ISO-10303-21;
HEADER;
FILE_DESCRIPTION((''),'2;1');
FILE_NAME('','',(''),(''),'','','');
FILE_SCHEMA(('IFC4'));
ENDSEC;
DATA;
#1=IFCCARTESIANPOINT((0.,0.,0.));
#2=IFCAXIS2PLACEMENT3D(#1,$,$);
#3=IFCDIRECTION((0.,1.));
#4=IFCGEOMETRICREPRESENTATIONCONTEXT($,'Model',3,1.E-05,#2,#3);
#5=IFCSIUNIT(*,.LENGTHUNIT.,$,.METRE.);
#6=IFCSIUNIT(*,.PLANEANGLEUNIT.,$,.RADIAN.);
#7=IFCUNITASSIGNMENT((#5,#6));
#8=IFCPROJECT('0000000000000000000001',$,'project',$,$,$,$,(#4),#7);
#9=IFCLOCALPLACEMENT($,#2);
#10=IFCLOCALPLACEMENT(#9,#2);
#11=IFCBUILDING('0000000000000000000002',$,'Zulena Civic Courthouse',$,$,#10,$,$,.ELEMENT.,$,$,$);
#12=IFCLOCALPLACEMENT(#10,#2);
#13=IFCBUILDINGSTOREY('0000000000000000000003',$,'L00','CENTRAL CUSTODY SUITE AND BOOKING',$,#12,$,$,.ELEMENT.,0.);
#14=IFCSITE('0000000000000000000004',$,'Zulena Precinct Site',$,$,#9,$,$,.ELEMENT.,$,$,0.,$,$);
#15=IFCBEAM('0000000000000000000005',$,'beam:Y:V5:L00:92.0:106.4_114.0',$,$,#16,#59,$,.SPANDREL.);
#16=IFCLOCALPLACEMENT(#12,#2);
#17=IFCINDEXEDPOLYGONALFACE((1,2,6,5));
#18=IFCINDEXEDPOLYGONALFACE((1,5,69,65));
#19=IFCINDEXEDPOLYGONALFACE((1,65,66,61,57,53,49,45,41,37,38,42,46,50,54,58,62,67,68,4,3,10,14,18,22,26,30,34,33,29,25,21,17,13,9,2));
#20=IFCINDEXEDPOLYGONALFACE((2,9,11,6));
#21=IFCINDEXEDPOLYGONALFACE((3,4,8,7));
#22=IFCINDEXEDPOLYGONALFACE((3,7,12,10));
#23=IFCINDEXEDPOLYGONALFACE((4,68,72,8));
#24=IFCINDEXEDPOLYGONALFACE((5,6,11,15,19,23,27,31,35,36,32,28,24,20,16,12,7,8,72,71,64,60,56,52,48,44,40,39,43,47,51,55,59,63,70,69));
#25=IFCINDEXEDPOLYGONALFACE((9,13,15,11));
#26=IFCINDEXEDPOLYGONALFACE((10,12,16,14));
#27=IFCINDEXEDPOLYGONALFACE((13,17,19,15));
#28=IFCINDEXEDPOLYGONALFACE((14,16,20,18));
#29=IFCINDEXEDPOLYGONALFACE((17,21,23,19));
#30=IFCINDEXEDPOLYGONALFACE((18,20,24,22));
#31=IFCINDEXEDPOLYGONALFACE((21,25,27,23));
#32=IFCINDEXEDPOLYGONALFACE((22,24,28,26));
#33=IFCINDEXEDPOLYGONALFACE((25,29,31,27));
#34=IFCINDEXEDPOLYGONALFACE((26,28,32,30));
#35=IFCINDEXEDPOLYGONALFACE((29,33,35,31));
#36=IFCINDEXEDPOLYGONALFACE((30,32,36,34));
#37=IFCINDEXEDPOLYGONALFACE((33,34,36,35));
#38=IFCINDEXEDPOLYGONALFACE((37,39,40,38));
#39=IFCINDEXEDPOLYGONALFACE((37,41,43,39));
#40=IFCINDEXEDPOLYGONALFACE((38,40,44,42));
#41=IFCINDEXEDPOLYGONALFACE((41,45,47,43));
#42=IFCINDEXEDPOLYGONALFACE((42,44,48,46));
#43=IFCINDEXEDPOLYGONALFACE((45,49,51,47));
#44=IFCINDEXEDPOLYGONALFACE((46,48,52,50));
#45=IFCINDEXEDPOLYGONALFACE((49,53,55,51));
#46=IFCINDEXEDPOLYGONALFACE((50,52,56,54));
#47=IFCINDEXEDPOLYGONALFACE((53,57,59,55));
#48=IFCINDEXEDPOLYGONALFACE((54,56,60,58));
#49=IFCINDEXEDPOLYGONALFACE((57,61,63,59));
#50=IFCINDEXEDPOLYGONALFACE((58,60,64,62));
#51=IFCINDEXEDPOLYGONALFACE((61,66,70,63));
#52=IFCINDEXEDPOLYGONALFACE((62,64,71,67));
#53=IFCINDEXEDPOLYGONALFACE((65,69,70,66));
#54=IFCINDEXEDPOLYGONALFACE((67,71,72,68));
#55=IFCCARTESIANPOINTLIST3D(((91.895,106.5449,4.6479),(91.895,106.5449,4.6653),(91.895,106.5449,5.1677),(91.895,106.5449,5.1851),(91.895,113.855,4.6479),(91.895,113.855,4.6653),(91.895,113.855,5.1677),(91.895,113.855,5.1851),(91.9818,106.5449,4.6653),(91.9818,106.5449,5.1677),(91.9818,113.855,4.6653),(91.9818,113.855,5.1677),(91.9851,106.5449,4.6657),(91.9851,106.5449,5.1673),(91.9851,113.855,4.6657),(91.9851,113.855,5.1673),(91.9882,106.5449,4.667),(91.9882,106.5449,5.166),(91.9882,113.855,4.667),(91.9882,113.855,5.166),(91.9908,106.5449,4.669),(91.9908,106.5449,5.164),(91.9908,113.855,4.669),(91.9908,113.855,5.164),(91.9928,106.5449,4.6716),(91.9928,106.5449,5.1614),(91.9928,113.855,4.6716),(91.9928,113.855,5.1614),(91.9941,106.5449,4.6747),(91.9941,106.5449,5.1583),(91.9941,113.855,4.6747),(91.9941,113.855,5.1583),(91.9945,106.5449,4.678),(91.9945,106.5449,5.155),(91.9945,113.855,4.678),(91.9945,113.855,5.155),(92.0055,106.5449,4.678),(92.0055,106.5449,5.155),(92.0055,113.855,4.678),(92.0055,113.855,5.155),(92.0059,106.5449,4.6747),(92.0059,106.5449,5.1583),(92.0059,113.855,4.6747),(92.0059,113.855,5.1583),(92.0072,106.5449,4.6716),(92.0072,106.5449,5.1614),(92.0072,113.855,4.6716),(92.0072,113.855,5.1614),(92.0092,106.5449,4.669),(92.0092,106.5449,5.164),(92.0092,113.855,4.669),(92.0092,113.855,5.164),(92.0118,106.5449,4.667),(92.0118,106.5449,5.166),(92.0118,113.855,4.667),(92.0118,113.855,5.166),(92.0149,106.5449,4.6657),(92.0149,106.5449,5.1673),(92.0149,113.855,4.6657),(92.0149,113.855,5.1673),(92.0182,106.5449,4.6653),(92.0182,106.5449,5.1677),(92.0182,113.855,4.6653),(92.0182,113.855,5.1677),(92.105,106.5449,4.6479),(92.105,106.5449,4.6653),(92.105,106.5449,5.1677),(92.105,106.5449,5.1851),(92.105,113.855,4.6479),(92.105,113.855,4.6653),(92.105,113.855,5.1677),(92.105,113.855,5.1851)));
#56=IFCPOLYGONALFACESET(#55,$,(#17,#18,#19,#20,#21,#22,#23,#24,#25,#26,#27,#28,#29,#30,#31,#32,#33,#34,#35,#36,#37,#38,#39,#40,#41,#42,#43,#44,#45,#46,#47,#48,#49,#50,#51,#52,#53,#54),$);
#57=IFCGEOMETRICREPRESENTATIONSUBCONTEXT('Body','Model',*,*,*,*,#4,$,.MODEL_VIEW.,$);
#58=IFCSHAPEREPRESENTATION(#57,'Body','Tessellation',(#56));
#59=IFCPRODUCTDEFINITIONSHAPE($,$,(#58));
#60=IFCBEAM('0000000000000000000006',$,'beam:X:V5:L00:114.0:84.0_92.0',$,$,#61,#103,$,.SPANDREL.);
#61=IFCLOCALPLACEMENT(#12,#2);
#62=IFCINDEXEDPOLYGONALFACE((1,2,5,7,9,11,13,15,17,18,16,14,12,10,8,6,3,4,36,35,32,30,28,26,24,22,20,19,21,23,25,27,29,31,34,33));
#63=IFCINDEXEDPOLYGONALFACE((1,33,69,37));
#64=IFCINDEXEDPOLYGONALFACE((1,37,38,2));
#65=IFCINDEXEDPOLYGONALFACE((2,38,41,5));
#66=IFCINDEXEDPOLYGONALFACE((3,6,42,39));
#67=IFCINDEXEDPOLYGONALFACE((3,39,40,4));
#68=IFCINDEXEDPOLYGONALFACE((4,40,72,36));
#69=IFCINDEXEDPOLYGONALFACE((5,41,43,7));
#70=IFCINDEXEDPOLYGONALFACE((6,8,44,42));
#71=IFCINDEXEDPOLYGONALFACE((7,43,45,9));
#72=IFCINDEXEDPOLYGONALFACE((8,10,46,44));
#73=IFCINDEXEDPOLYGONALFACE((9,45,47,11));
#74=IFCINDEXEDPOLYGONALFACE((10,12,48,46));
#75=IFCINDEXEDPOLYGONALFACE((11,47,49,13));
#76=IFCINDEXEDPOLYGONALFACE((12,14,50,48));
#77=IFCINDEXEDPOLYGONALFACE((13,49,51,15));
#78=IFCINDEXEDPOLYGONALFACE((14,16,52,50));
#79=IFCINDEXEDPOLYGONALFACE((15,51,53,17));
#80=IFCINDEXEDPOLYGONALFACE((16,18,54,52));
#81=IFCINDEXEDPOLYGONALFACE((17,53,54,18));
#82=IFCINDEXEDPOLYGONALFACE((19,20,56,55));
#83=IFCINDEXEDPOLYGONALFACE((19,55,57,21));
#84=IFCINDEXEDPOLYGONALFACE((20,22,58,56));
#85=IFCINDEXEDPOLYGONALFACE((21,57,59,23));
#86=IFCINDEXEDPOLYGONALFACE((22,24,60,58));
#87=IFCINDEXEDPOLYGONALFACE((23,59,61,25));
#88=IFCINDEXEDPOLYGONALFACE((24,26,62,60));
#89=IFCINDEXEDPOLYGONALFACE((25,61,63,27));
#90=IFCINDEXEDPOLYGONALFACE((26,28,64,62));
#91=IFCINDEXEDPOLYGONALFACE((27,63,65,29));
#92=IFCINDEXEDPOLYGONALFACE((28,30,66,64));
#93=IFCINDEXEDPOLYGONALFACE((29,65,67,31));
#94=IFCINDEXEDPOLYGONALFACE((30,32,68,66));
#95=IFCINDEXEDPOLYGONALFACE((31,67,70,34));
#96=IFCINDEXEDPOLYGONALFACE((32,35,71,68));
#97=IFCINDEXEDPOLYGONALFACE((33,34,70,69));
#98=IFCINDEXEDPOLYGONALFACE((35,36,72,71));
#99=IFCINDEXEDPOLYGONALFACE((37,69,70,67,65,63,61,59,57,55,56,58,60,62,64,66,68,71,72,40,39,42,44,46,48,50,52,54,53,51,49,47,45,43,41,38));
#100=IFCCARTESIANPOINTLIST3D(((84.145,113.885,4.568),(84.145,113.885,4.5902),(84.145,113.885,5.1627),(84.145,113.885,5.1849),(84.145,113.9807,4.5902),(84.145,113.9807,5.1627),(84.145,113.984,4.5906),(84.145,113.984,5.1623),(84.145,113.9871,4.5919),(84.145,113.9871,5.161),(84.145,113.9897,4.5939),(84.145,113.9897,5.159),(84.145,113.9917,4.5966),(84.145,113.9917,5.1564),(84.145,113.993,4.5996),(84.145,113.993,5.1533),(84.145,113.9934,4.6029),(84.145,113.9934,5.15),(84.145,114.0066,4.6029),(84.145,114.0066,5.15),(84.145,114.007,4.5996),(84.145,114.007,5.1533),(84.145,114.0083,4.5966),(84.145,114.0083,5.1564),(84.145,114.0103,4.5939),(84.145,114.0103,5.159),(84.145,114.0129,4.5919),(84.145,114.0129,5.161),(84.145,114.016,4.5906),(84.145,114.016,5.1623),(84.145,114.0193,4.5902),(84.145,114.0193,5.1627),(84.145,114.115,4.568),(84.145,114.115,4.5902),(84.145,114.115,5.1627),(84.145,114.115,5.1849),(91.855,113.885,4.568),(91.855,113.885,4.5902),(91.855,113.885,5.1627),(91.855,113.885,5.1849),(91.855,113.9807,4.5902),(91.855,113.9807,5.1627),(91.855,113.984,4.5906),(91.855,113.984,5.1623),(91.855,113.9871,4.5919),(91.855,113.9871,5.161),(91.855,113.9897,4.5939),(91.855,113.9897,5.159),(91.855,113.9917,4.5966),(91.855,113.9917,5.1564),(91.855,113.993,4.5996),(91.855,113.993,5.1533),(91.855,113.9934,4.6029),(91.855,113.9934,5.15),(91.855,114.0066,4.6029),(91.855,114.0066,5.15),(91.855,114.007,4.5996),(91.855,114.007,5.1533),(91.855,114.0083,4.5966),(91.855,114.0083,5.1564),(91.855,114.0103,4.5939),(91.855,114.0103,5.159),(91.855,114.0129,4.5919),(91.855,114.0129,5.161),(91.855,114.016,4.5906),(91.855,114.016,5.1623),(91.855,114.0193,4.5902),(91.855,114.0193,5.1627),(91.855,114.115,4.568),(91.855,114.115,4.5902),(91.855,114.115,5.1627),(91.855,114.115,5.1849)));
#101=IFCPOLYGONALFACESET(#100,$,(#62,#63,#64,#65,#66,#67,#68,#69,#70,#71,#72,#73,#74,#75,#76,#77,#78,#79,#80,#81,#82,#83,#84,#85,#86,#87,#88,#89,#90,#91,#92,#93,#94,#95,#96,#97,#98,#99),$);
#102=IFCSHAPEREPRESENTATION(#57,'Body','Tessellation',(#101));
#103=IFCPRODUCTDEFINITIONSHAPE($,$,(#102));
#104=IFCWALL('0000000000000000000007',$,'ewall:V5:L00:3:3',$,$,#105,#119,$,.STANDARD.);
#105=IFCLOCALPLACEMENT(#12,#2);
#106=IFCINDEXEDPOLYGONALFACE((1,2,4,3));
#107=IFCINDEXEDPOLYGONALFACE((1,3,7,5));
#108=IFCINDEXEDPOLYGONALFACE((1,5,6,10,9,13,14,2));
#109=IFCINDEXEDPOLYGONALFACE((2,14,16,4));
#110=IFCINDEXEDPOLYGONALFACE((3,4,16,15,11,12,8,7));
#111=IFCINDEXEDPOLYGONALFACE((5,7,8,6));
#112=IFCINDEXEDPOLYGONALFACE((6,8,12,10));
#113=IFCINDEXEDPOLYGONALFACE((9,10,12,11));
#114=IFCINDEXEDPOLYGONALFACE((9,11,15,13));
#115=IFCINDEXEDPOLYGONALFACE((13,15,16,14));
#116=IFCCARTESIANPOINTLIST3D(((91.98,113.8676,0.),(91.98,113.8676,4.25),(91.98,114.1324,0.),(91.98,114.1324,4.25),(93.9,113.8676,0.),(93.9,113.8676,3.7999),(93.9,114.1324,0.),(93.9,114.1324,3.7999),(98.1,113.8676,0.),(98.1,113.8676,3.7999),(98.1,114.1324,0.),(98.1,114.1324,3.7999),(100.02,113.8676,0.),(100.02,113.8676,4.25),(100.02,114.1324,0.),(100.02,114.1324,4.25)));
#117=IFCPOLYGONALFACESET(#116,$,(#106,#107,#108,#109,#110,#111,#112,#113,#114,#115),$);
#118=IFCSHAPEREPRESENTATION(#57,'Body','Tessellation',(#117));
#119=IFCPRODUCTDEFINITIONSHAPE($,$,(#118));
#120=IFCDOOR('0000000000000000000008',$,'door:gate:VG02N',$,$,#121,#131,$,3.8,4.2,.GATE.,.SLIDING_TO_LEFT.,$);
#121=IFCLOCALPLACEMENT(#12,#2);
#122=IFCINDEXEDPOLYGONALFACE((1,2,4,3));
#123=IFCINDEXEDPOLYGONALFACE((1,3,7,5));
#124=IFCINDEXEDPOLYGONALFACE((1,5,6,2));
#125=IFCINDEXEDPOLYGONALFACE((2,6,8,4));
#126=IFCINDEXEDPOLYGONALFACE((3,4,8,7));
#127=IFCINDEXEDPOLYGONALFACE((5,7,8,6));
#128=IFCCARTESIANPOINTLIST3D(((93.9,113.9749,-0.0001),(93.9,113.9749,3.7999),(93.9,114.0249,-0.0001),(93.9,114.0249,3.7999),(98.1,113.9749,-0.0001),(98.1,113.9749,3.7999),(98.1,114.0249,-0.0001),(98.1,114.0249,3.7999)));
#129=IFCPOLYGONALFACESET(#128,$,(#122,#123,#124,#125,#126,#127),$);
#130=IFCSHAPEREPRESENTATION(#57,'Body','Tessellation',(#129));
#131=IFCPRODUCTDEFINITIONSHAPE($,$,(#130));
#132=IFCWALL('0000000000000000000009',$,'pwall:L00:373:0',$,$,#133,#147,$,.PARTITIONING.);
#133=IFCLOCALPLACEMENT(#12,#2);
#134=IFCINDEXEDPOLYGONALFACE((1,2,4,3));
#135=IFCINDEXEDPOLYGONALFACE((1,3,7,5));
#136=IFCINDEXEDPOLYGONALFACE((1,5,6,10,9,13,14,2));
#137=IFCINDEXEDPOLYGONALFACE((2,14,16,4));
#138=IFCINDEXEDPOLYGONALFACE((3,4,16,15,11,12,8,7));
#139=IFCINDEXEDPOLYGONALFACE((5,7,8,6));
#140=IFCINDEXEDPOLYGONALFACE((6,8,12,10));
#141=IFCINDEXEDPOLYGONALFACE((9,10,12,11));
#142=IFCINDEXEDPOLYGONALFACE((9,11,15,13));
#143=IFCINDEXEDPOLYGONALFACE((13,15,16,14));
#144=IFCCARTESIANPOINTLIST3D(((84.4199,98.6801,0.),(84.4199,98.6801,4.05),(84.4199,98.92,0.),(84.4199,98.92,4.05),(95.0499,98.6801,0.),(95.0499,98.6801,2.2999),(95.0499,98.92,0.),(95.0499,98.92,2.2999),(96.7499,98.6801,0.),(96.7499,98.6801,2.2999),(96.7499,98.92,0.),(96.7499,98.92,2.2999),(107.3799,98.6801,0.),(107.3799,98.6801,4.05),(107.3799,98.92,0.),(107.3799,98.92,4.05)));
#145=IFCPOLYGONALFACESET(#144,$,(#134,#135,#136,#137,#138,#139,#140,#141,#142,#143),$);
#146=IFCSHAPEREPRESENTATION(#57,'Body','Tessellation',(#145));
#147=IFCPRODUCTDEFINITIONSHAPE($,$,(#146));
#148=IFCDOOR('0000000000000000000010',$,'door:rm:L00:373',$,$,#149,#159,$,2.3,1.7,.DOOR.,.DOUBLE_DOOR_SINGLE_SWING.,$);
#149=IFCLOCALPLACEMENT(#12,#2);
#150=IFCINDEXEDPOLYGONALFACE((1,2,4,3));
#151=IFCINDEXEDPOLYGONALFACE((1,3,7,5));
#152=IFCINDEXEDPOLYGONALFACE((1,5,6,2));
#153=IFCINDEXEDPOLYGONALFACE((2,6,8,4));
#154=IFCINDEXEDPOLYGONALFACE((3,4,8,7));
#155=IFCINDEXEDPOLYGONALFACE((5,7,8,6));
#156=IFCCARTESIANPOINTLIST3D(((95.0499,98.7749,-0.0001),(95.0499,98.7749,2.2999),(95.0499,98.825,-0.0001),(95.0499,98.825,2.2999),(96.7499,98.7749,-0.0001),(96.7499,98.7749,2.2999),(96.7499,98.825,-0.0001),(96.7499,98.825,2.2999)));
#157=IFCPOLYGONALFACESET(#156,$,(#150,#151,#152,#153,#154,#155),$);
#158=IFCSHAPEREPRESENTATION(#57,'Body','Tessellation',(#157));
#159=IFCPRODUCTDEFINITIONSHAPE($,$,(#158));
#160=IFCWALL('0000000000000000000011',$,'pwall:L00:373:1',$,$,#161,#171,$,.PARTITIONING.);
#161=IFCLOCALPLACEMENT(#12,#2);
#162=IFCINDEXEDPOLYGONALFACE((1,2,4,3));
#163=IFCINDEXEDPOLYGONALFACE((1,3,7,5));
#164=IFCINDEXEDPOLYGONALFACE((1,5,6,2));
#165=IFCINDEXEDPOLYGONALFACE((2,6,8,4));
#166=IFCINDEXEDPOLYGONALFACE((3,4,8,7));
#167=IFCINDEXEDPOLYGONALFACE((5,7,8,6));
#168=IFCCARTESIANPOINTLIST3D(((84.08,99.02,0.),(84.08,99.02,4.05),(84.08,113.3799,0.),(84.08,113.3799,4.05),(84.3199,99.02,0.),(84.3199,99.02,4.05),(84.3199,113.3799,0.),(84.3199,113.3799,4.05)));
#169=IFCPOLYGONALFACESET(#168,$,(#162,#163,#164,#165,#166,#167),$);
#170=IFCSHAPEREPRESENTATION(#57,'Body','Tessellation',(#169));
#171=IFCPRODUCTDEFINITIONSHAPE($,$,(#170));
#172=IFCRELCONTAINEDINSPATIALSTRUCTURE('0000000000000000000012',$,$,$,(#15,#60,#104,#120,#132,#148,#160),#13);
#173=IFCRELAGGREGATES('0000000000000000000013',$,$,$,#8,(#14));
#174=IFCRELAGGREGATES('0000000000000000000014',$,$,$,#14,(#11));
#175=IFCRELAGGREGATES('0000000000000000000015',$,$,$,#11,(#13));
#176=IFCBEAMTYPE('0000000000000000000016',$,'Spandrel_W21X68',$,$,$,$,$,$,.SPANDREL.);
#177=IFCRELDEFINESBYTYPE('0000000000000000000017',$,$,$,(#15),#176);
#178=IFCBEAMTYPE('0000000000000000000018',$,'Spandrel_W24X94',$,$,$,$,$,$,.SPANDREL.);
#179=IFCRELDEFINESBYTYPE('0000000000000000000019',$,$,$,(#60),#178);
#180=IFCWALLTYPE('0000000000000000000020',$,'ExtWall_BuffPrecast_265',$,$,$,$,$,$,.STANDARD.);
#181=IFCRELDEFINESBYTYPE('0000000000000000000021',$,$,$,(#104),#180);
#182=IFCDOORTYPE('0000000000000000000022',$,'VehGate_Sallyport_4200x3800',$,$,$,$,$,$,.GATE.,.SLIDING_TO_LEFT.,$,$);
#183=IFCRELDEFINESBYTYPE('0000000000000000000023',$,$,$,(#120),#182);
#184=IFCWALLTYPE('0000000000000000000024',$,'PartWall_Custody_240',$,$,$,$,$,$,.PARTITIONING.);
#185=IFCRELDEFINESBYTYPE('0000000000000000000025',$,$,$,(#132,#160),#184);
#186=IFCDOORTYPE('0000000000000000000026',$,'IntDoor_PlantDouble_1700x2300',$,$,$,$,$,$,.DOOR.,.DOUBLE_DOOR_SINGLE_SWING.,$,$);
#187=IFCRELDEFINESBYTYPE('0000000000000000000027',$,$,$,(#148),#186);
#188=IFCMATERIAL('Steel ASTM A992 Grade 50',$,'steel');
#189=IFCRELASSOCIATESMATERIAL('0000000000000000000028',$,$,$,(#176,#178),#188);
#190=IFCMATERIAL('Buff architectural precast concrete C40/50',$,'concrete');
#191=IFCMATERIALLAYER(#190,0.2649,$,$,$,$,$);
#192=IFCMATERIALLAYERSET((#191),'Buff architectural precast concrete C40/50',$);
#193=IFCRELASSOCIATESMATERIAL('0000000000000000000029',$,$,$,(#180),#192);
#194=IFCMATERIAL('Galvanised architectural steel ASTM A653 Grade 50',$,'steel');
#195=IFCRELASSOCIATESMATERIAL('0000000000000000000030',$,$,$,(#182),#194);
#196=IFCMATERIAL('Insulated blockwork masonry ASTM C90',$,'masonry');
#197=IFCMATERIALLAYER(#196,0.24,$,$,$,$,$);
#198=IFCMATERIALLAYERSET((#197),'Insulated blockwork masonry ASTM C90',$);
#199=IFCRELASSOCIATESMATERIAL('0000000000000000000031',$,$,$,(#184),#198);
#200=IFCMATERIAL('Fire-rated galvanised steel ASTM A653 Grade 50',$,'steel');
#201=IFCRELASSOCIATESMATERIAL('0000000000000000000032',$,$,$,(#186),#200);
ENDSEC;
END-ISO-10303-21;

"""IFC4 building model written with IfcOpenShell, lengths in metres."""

from ifc_helpers import new_model, si_unit, direction, frame, frame_2d, origin, origin_2d, place, context, subcontext, project, spatial, rectangle, i_section, extrude, material, layer, layer_set, material_profile, profile_set, type_object, element, fill, save


model = new_model("IFC4")

# Units and contexts
model_context = context("Model", 3, precision=1e-05, world=origin(), true_north=direction((0.0, 1.0)))
body_context = subcontext(model_context, "Body", "Model", "MODEL_VIEW")
ifc_project = project(units=[si_unit("LENGTHUNIT", "METRE"), si_unit("PLANEANGLEUNIT", "RADIAN")], contexts=[model_context])

# Site, building, storey
site_placement = place(None, origin())
site = spatial("IfcSite", under=ifc_project, at=site_placement, Name="Zulena Precinct Site", CompositionType="ELEMENT", RefElevation=0.0)
building_placement = place(site_placement, origin())
building = spatial("IfcBuilding", under=site, at=building_placement, Name="Zulena Civic Courthouse", CompositionType="ELEMENT")
storey_placement = place(building_placement, origin())
storey = spatial("IfcBuildingStorey", under=building, at=storey_placement, Name="L00", Description="CENTRAL CUSTODY SUITE AND BOOKING", CompositionType="ELEMENT", Elevation=0.0)

# Shared definitions
ifc_material_1 = material(Name="Steel ASTM A992 Grade 50", Category="steel")

# Beams
ifc_material_profile_1 = material_profile(ifc_material_1, i_section(OverallWidth=0.21, OverallDepth=0.5371, WebThickness=0.011, FlangeThickness=0.0173, FilletRadius=0.0127, at=origin_2d()), Name="W21X68")
ifc_profile_set_1 = profile_set([ifc_material_profile_1], Name="Steel ASTM A992 Grade 50")
beam_type_1 = type_object("IfcBeamType", Name="Spandrel_W21X68", PredefinedType="SPANDREL", material=ifc_profile_set_1)
for number, where, z_axis, x_axis, name in (
    (1, (92.0, 106.5449, 4.9165), (0.0, 1.0, 0.0), (-1.0, 0.0, 0.0), "beam:Y:V5:L00:92.0:106.4_114.0"),
):
    element("IfcBeam", number, at=place(storey_placement, frame(where, z_axis=z_axis, x_axis=x_axis)), inside=storey, type_object=beam_type_1, Name=name, PredefinedType="SPANDREL", context=body_context, shape_type="SweptSolid", body=[
        extrude(i_section(OverallWidth=0.21, OverallDepth=0.5371, WebThickness=0.011, FlangeThickness=0.0173, FilletRadius=0.0127, at=origin_2d()), origin(), (0.0, 0.0, 1.0), 7.3101),
    ])
ifc_material_profile_2 = material_profile(ifc_material_1, i_section(OverallWidth=0.23, OverallDepth=0.6169, WebThickness=0.0132, FlangeThickness=0.0222, FilletRadius=0.0127, at=origin_2d()), Name="W24X94")
ifc_profile_set_2 = profile_set([ifc_material_profile_2], Name="Steel ASTM A992 Grade 50")
beam_type_2 = type_object("IfcBeamType", Name="Spandrel_W24X94", PredefinedType="SPANDREL", material=ifc_profile_set_2)
beam_1_placement = place(storey_placement, frame((84.145, 114.0, 4.8765), z_axis=(1.0, 0.0, 0.0), x_axis=(0.0, 1.0, 0.0)))
element("IfcBeam", 2, at=beam_1_placement, inside=storey, type_object=beam_type_2, Name="beam:X:V5:L00:114.0:84.0_92.0", PredefinedType="SPANDREL", context=body_context, shape_type="SweptSolid", body=[
    extrude(i_section(OverallWidth=0.23, OverallDepth=0.6169, WebThickness=0.0132, FlangeThickness=0.0222, FilletRadius=0.0127, at=origin_2d()), origin(), (0.0, 0.0, 1.0), 7.71),
])

# Walls, openings, doors
ifc_material_2 = material(Name="Buff architectural precast concrete C40/50", Category="concrete")
ifc_layer_1 = layer(ifc_material_2, 0.2649)
ifc_layer_set_1 = layer_set([ifc_layer_1], Name="Buff architectural precast concrete C40/50")
wall_type_1 = type_object("IfcWallType", Name="ExtWall_BuffPrecast_265", PredefinedType="STANDARD", material=ifc_layer_set_1)
wall_1_placement = place(storey_placement, frame((91.98, 114.0, 0.0), z_axis=(0.0, 0.0, 1.0), x_axis=(1.0, 0.0, 0.0)))
wall_1 = element("IfcWall", 3, at=wall_1_placement, inside=storey, type_object=wall_type_1, Name="ewall:V5:L00:3:3", PredefinedType="STANDARD", context=body_context, shape_type="SweptSolid", body=[
    extrude(rectangle(XDim=8.04, YDim=0.2649, at=frame_2d((4.02, 0.0))), origin(), (0.0, 0.0, 1.0), 4.25),
])
opening_1_placement = place(wall_1_placement, frame((1.9199, 0.0, 0.0)))
opening_1 = element("IfcOpeningElement", 4, at=opening_1_placement, cuts=wall_1, PredefinedType="OPENING", context=body_context, shape_type="SweptSolid", body=[
    extrude(rectangle(XDim=4.2, YDim=3.8, at=frame_2d((2.1001, 1.8999))), frame((0.0, 0.1423, 0.0), z_axis=(0.0, -1.0, 0.0), x_axis=(1.0, 0.0, 0.0)), (0.0, 0.0, 1.0), 0.2849),
])
ifc_material_3 = material(Name="Galvanised architectural steel ASTM A653 Grade 50", Category="steel")
door_type_1 = type_object("IfcDoorType", Name="VehGate_Sallyport_4200x3800", OperationType="SLIDING_TO_LEFT", PredefinedType="GATE", material=ifc_material_3)
door_1_placement = place(opening_1_placement, origin())
door_1 = element("IfcDoor", 5, at=door_1_placement, inside=storey, type_object=door_type_1, Name="door:gate:VG02N", OperationType="SLIDING_TO_LEFT", OverallHeight=3.8, OverallWidth=4.2, PredefinedType="GATE", context=body_context, shape_type="SweptSolid", body=[
    extrude(rectangle(XDim=4.2, YDim=3.8, at=frame_2d((2.1001, 1.8999))), frame((0.0, 0.0249, 0.0), z_axis=(0.0, -1.0, 0.0), x_axis=(1.0, 0.0, 0.0)), (0.0, 0.0, 1.0), 0.05),
])
fill(opening_1, door_1)
ifc_material_4 = material(Name="Insulated blockwork masonry ASTM C90", Category="masonry")
ifc_layer_2 = layer(ifc_material_4, 0.24)
ifc_layer_set_2 = layer_set([ifc_layer_2], Name="Insulated blockwork masonry ASTM C90")
wall_type_2 = type_object("IfcWallType", Name="PartWall_Custody_240", PredefinedType="PARTITIONING", material=ifc_layer_set_2)
wall_2_placement = place(storey_placement, frame((84.4199, 98.8, 0.0), z_axis=(0.0, 0.0, 1.0), x_axis=(1.0, 0.0, 0.0)))
wall_2 = element("IfcWall", 6, at=wall_2_placement, inside=storey, type_object=wall_type_2, Name="pwall:L00:373:0", PredefinedType="PARTITIONING", context=body_context, shape_type="SweptSolid", body=[
    extrude(rectangle(XDim=22.96, YDim=0.24, at=frame_2d((11.48, 0.0))), origin(), (0.0, 0.0, 1.0), 4.05),
])
opening_2_placement = place(wall_2_placement, frame((10.6299, 0.0, 0.0)))
opening_2 = element("IfcOpeningElement", 7, at=opening_2_placement, cuts=wall_2, PredefinedType="OPENING", context=body_context, shape_type="SweptSolid", body=[
    extrude(rectangle(XDim=1.7, YDim=2.3, at=frame_2d((0.8501, 1.1499))), frame((0.0, 0.1299, 0.0), z_axis=(0.0, -1.0, 0.0), x_axis=(1.0, 0.0, 0.0)), (0.0, 0.0, 1.0), 0.26),
])
ifc_material_5 = material(Name="Fire-rated galvanised steel ASTM A653 Grade 50", Category="steel")
door_type_2 = type_object("IfcDoorType", Name="IntDoor_PlantDouble_1700x2300", OperationType="DOUBLE_DOOR_SINGLE_SWING", PredefinedType="DOOR", material=ifc_material_5)
door_2_placement = place(opening_2_placement, origin())
door_2 = element("IfcDoor", 8, at=door_2_placement, inside=storey, type_object=door_type_2, Name="door:rm:L00:373", OperationType="DOUBLE_DOOR_SINGLE_SWING", OverallHeight=2.3, OverallWidth=1.7, PredefinedType="DOOR", context=body_context, shape_type="SweptSolid", body=[
    extrude(rectangle(XDim=1.7, YDim=2.3, at=frame_2d((0.8501, 1.1499))), frame((0.0, 0.0249, 0.0), z_axis=(0.0, -1.0, 0.0), x_axis=(1.0, 0.0, 0.0)), (0.0, 0.0, 1.0), 0.05),
])
fill(opening_2, door_2)

# Wall
wall_3_placement = place(storey_placement, frame((84.2, 99.02, 0.0), z_axis=(0.0, 0.0, 1.0), x_axis=(0.0, 1.0, 0.0)))
element("IfcWall", 9, at=wall_3_placement, inside=storey, type_object=wall_type_2, Name="pwall:L00:373:1", PredefinedType="PARTITIONING", context=body_context, shape_type="SweptSolid", body=[
    extrude(rectangle(XDim=14.3599, YDim=0.24, at=frame_2d((7.1799, 0.0))), origin(), (0.0, 0.0, 1.0), 4.05),
])

save(model, "model.ifc")
